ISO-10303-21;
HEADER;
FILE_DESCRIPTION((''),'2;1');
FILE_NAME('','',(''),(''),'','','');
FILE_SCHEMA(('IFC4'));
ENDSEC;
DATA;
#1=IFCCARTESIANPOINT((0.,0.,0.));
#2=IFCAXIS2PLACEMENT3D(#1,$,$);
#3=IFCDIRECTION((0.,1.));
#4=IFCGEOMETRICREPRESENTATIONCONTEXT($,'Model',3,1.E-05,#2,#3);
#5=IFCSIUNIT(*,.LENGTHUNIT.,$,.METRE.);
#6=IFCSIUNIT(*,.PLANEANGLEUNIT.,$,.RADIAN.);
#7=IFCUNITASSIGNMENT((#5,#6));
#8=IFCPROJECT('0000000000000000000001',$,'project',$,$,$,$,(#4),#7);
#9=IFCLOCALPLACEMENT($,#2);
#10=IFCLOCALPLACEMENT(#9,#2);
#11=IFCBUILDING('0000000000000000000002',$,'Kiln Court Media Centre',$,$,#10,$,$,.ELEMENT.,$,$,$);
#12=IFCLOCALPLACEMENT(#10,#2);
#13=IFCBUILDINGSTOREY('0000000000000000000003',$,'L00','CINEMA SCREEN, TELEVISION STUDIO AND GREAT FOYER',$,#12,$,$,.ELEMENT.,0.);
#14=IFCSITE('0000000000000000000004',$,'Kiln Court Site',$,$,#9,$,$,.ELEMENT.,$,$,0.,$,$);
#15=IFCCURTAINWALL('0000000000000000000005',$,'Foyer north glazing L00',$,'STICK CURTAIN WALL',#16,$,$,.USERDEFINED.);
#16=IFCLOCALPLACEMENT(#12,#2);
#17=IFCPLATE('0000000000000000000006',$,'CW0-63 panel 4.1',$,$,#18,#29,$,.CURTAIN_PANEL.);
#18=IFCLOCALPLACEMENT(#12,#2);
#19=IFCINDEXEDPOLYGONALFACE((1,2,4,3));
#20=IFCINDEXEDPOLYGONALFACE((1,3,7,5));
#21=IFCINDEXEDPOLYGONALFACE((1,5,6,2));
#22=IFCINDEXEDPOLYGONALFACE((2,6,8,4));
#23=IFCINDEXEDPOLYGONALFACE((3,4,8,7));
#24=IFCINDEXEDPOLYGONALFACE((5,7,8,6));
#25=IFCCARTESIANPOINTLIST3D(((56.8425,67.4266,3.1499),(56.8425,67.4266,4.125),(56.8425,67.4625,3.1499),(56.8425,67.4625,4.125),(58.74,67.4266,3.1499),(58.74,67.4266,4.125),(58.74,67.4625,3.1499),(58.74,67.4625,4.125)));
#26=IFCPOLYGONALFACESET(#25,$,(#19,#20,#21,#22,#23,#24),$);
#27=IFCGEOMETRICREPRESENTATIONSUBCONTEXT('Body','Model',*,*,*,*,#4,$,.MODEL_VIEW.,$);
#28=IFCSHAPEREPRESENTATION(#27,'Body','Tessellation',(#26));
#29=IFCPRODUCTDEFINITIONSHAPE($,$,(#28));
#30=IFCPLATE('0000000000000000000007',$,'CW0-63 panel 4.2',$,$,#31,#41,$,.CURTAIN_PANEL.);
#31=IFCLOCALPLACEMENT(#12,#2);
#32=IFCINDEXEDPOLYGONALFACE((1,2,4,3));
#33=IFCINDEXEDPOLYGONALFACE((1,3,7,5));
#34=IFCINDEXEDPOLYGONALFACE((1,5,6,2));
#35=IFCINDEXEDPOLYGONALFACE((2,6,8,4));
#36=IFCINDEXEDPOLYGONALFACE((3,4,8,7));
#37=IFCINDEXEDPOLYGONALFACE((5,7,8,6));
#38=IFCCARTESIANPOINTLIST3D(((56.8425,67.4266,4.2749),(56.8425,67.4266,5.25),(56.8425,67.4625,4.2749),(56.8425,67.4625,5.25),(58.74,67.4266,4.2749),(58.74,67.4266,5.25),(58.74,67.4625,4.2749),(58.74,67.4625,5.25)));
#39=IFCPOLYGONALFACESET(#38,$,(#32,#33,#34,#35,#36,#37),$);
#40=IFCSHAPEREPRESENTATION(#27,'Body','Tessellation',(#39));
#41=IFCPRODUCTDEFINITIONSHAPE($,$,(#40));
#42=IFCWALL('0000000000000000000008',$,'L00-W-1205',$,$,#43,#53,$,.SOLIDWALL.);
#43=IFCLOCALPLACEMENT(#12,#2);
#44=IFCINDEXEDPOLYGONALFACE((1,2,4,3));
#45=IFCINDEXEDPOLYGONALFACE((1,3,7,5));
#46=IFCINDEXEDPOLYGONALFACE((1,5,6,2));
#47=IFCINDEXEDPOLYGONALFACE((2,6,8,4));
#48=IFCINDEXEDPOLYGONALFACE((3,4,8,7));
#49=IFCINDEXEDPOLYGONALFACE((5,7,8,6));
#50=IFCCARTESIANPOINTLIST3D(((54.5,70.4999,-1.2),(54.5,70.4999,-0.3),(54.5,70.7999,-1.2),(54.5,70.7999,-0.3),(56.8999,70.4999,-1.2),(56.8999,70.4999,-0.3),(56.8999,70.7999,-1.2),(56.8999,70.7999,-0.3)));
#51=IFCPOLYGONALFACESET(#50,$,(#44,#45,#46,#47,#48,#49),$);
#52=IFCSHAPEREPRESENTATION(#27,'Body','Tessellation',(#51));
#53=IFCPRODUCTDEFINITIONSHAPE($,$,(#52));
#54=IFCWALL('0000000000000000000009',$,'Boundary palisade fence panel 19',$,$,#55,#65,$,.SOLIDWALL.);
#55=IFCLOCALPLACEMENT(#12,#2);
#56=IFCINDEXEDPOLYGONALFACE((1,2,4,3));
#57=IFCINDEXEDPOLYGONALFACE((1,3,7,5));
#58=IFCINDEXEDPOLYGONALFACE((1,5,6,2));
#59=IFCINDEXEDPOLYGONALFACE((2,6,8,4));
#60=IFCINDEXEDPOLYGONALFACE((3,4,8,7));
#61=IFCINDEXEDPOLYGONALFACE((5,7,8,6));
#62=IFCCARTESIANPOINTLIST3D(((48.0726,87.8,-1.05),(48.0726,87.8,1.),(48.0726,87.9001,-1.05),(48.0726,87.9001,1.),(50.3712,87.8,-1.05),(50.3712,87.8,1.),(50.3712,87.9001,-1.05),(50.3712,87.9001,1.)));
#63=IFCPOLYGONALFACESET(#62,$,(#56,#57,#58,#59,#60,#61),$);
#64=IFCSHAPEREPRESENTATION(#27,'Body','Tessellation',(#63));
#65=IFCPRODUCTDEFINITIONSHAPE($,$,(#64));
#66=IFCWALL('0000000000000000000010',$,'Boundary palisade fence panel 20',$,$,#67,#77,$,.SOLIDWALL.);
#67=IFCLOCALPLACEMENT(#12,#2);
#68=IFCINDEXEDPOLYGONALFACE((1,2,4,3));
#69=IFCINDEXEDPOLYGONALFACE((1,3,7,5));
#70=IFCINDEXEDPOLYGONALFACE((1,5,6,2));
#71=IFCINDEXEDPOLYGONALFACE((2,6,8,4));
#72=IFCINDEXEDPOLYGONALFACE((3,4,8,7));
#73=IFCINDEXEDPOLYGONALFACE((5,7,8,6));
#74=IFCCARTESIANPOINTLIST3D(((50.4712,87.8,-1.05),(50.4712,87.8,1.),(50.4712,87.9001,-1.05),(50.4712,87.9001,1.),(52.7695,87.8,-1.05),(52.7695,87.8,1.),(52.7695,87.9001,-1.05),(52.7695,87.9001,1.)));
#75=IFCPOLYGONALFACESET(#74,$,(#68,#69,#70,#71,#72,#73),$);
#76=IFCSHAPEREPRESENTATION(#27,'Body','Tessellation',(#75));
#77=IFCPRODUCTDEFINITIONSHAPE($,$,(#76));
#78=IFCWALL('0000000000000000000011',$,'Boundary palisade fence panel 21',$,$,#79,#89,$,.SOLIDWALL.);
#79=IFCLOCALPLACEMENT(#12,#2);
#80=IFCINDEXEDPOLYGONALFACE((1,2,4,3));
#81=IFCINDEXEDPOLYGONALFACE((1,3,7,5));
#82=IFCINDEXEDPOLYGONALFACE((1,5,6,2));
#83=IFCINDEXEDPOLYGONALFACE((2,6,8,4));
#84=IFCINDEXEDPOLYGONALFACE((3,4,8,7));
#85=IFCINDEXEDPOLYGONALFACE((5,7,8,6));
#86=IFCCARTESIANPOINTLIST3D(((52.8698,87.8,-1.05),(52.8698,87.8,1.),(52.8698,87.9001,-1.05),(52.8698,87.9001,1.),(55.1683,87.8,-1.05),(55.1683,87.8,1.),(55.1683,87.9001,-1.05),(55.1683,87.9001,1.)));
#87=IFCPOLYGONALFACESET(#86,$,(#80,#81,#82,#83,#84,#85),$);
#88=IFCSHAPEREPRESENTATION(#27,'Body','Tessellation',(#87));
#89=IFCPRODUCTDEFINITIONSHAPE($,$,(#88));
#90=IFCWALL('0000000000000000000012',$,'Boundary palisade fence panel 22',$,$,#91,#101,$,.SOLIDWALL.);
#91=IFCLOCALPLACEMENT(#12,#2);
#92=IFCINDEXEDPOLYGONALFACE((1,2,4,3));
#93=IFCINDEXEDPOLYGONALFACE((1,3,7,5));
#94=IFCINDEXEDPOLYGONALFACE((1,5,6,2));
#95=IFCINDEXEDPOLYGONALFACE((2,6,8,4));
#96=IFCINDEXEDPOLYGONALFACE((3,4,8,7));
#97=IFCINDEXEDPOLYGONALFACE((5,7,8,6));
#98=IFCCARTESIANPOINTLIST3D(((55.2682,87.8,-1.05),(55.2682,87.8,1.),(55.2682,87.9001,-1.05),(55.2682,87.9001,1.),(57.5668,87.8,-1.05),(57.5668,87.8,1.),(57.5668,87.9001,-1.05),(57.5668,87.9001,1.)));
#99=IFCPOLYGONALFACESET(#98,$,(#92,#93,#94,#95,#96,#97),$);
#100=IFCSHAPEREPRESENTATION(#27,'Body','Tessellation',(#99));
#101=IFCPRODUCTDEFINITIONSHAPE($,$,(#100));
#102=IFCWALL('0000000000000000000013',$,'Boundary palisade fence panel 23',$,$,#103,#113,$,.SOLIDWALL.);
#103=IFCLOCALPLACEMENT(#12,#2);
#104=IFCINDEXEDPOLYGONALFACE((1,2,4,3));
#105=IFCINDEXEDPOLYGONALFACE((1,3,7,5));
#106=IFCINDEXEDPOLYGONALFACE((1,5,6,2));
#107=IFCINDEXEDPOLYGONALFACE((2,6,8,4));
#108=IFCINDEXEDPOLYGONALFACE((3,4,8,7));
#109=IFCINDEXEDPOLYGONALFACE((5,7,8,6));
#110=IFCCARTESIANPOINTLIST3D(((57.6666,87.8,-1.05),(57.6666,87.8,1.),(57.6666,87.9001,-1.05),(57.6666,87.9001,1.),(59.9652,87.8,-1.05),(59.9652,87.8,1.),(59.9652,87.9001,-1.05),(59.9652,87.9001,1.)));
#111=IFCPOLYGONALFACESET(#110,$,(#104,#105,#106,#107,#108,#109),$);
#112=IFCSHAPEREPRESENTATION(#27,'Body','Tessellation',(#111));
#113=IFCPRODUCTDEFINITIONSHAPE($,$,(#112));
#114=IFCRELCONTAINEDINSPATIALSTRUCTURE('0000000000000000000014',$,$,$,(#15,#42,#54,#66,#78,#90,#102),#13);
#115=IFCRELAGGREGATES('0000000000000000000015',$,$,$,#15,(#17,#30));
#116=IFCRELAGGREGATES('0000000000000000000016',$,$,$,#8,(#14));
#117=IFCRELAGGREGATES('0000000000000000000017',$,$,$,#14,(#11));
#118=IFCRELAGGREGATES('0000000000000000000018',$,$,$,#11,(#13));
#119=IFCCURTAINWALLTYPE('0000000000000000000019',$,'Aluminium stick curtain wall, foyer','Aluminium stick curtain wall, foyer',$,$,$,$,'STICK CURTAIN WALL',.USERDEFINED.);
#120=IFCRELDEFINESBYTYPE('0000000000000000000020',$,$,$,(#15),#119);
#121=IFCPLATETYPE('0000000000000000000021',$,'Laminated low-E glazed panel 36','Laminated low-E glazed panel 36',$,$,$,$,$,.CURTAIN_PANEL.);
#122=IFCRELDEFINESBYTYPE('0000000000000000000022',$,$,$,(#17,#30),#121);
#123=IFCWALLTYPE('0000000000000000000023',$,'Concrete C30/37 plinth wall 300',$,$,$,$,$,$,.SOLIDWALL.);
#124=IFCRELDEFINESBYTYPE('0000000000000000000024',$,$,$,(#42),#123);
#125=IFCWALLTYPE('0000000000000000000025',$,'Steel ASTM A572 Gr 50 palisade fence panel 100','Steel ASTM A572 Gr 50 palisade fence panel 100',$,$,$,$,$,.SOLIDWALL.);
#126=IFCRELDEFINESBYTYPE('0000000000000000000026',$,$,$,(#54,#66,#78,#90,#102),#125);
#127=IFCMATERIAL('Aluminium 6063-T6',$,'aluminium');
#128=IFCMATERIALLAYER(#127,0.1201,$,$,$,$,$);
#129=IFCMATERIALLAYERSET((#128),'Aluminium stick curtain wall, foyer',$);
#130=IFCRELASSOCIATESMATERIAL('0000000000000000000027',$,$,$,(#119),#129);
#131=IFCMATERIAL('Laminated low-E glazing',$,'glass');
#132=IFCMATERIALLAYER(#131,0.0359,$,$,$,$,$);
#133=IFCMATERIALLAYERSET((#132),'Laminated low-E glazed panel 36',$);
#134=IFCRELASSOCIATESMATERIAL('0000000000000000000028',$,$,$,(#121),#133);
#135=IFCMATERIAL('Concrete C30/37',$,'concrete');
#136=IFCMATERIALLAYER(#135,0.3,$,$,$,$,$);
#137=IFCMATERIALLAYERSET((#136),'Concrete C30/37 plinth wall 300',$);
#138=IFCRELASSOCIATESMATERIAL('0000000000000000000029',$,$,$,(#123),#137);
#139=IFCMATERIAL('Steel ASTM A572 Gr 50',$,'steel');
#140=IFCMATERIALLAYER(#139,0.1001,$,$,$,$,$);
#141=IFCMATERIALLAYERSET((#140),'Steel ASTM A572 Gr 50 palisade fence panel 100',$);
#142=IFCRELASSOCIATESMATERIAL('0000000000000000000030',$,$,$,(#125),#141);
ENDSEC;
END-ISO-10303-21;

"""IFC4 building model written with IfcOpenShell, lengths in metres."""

from ifc_helpers import new_model, si_unit, direction, frame, frame_2d, origin, origin_2d, place, context, subcontext, project, spatial, rectangle, extrude, material, layer, layer_set, type_object, element, aggregate, save


model = new_model("IFC4")

# Units and contexts
model_context = context("Model", 3, precision=1e-05, world=origin(), true_north=direction((0.0, 1.0)))
body_context = subcontext(model_context, "Body", "Model", "MODEL_VIEW")
ifc_project = project(units=[si_unit("LENGTHUNIT", "METRE"), si_unit("PLANEANGLEUNIT", "RADIAN")], contexts=[model_context])

# Site, building, storey
site_placement = place(None, origin())
site = spatial("IfcSite", under=ifc_project, at=site_placement, Name="Kiln Court Site", CompositionType="ELEMENT", RefElevation=0.0)
building_placement = place(site_placement, origin())
building = spatial("IfcBuilding", under=site, at=building_placement, Name="Kiln Court Media Centre", CompositionType="ELEMENT")
storey_placement = place(building_placement, origin())
storey = spatial("IfcBuildingStorey", under=building, at=storey_placement, Name="L00", Description="CINEMA SCREEN, TELEVISION STUDIO AND GREAT FOYER", CompositionType="ELEMENT", Elevation=0.0)

# Curtain wall
ifc_material_1 = material(Name="Aluminium 6063-T6", Category="aluminium")
ifc_layer_1 = layer(ifc_material_1, 0.1201)
ifc_layer_set_1 = layer_set([ifc_layer_1], Name="Aluminium stick curtain wall, foyer")
curtain_wall_type = type_object("IfcCurtainWallType", Name="Aluminium stick curtain wall, foyer", Description="Aluminium stick curtain wall, foyer", ElementType="STICK CURTAIN WALL", PredefinedType="USERDEFINED", material=ifc_layer_set_1)
curtain_wall_placement = place(storey_placement, origin())
curtain_wall = element("IfcCurtainWall", 1, at=curtain_wall_placement, inside=storey, type_object=curtain_wall_type, Name="Foyer north glazing L00", ObjectType="STICK CURTAIN WALL", PredefinedType="USERDEFINED")

# Plates
ifc_material_2 = material(Name="Laminated low-E glazing", Category="glass")
ifc_layer_2 = layer(ifc_material_2, 0.0359)
ifc_layer_set_2 = layer_set([ifc_layer_2], Name="Laminated low-E glazed panel 36")
plate_type = type_object("IfcPlateType", Name="Laminated low-E glazed panel 36", Description="Laminated low-E glazed panel 36", PredefinedType="CURTAIN_PANEL", material=ifc_layer_set_2)
plate_1_placement = place(storey_placement, frame((57.7913, 67.4446, 3.1499), z_axis=(0.0, 0.0, 1.0), x_axis=(1.0, 0.0, 0.0)))
plate_1 = element("IfcPlate", 2, at=plate_1_placement, type_object=plate_type, Name="CW0-63 panel 4.1", PredefinedType="CURTAIN_PANEL", context=body_context, shape_type="SweptSolid", body=[
    extrude(rectangle(XDim=1.8975, YDim=0.0359, at=origin_2d()), origin(), (0.0, 0.0, 1.0), 0.9751),
])
plate_2_placement = place(storey_placement, frame((57.7913, 67.4446, 4.2749), z_axis=(0.0, 0.0, 1.0), x_axis=(1.0, 0.0, 0.0)))
plate_2 = element("IfcPlate", 3, at=plate_2_placement, type_object=plate_type, Name="CW0-63 panel 4.2", PredefinedType="CURTAIN_PANEL", context=body_context, shape_type="SweptSolid", body=[
    extrude(rectangle(XDim=1.8975, YDim=0.0359, at=origin_2d()), origin(), (0.0, 0.0, 1.0), 0.9751),
])
aggregate(curtain_wall, [plate_1, plate_2])

# Walls
ifc_material_3 = material(Name="Concrete C30/37", Category="concrete")
ifc_layer_3 = layer(ifc_material_3, 0.3)
ifc_layer_set_3 = layer_set([ifc_layer_3], Name="Concrete C30/37 plinth wall 300")
wall_type_1 = type_object("IfcWallType", Name="Concrete C30/37 plinth wall 300", PredefinedType="SOLIDWALL", material=ifc_layer_set_3)
wall_1_placement = place(storey_placement, frame((54.5, 70.6499, -1.2), z_axis=(0.0, 0.0, 1.0), x_axis=(1.0, 0.0, 0.0)))
element("IfcWall", 4, at=wall_1_placement, inside=storey, type_object=wall_type_1, Name="L00-W-1205", PredefinedType="SOLIDWALL", context=body_context, shape_type="SweptSolid", body=[
    extrude(rectangle(XDim=2.3999, YDim=0.3, at=frame_2d((1.2, 0.0))), origin(), (0.0, 0.0, 1.0), 0.8999),
])
ifc_material_4 = material(Name="Steel ASTM A572 Gr 50", Category="steel")
ifc_layer_4 = layer(ifc_material_4, 0.1001)
ifc_layer_set_4 = layer_set([ifc_layer_4], Name="Steel ASTM A572 Gr 50 palisade fence panel 100")
wall_type_2 = type_object("IfcWallType", Name="Steel ASTM A572 Gr 50 palisade fence panel 100", Description="Steel ASTM A572 Gr 50 palisade fence panel 100", PredefinedType="SOLIDWALL", material=ifc_layer_set_4)
wall_2_placement = place(storey_placement, frame((48.0725, 87.8501, -1.05), z_axis=(0.0, 0.0, 1.0), x_axis=(1.0, 0.0, 0.0)))
element("IfcWall", 5, at=wall_2_placement, inside=storey, type_object=wall_type_2, Name="Boundary palisade fence panel 19", PredefinedType="SOLIDWALL", context=body_context, shape_type="SweptSolid", body=[
    extrude(rectangle(XDim=2.2986, YDim=0.1001, at=frame_2d((1.1494, 0.0))), origin(), (0.0, 0.0, 1.0), 2.05),
])
wall_3_placement = place(storey_placement, frame((50.4712, 87.8501, -1.05), z_axis=(0.0, 0.0, 1.0), x_axis=(1.0, 0.0, 0.0)))
element("IfcWall", 6, at=wall_3_placement, inside=storey, type_object=wall_type_2, Name="Boundary palisade fence panel 20", PredefinedType="SOLIDWALL", context=body_context, shape_type="SweptSolid", body=[
    extrude(rectangle(XDim=2.2983, YDim=0.1001, at=frame_2d((1.1492, 0.0))), origin(), (0.0, 0.0, 1.0), 2.05),
])
for number, where, z_axis, x_axis, name in (
    (7, (52.8696, 87.8501, -1.05), (0.0, 0.0, 1.0), (1.0, 0.0, 0.0), "Boundary palisade fence panel 21"),
    (8, (55.2681, 87.8501, -1.05), (0.0, 0.0, 1.0), (1.0, 0.0, 0.0), "Boundary palisade fence panel 22"),
    (9, (57.6665, 87.8501, -1.05), (0.0, 0.0, 1.0), (1.0, 0.0, 0.0), "Boundary palisade fence panel 23"),
):
    element("IfcWall", number, at=place(storey_placement, frame(where, z_axis=z_axis, x_axis=x_axis)), inside=storey, type_object=wall_type_2, Name=name, PredefinedType="SOLIDWALL", context=body_context, shape_type="SweptSolid", body=[
        extrude(rectangle(XDim=2.2986, YDim=0.1001, at=frame_2d((1.1494, 0.0))), origin(), (0.0, 0.0, 1.0), 2.05),
    ])

save(model, "model.ifc")
